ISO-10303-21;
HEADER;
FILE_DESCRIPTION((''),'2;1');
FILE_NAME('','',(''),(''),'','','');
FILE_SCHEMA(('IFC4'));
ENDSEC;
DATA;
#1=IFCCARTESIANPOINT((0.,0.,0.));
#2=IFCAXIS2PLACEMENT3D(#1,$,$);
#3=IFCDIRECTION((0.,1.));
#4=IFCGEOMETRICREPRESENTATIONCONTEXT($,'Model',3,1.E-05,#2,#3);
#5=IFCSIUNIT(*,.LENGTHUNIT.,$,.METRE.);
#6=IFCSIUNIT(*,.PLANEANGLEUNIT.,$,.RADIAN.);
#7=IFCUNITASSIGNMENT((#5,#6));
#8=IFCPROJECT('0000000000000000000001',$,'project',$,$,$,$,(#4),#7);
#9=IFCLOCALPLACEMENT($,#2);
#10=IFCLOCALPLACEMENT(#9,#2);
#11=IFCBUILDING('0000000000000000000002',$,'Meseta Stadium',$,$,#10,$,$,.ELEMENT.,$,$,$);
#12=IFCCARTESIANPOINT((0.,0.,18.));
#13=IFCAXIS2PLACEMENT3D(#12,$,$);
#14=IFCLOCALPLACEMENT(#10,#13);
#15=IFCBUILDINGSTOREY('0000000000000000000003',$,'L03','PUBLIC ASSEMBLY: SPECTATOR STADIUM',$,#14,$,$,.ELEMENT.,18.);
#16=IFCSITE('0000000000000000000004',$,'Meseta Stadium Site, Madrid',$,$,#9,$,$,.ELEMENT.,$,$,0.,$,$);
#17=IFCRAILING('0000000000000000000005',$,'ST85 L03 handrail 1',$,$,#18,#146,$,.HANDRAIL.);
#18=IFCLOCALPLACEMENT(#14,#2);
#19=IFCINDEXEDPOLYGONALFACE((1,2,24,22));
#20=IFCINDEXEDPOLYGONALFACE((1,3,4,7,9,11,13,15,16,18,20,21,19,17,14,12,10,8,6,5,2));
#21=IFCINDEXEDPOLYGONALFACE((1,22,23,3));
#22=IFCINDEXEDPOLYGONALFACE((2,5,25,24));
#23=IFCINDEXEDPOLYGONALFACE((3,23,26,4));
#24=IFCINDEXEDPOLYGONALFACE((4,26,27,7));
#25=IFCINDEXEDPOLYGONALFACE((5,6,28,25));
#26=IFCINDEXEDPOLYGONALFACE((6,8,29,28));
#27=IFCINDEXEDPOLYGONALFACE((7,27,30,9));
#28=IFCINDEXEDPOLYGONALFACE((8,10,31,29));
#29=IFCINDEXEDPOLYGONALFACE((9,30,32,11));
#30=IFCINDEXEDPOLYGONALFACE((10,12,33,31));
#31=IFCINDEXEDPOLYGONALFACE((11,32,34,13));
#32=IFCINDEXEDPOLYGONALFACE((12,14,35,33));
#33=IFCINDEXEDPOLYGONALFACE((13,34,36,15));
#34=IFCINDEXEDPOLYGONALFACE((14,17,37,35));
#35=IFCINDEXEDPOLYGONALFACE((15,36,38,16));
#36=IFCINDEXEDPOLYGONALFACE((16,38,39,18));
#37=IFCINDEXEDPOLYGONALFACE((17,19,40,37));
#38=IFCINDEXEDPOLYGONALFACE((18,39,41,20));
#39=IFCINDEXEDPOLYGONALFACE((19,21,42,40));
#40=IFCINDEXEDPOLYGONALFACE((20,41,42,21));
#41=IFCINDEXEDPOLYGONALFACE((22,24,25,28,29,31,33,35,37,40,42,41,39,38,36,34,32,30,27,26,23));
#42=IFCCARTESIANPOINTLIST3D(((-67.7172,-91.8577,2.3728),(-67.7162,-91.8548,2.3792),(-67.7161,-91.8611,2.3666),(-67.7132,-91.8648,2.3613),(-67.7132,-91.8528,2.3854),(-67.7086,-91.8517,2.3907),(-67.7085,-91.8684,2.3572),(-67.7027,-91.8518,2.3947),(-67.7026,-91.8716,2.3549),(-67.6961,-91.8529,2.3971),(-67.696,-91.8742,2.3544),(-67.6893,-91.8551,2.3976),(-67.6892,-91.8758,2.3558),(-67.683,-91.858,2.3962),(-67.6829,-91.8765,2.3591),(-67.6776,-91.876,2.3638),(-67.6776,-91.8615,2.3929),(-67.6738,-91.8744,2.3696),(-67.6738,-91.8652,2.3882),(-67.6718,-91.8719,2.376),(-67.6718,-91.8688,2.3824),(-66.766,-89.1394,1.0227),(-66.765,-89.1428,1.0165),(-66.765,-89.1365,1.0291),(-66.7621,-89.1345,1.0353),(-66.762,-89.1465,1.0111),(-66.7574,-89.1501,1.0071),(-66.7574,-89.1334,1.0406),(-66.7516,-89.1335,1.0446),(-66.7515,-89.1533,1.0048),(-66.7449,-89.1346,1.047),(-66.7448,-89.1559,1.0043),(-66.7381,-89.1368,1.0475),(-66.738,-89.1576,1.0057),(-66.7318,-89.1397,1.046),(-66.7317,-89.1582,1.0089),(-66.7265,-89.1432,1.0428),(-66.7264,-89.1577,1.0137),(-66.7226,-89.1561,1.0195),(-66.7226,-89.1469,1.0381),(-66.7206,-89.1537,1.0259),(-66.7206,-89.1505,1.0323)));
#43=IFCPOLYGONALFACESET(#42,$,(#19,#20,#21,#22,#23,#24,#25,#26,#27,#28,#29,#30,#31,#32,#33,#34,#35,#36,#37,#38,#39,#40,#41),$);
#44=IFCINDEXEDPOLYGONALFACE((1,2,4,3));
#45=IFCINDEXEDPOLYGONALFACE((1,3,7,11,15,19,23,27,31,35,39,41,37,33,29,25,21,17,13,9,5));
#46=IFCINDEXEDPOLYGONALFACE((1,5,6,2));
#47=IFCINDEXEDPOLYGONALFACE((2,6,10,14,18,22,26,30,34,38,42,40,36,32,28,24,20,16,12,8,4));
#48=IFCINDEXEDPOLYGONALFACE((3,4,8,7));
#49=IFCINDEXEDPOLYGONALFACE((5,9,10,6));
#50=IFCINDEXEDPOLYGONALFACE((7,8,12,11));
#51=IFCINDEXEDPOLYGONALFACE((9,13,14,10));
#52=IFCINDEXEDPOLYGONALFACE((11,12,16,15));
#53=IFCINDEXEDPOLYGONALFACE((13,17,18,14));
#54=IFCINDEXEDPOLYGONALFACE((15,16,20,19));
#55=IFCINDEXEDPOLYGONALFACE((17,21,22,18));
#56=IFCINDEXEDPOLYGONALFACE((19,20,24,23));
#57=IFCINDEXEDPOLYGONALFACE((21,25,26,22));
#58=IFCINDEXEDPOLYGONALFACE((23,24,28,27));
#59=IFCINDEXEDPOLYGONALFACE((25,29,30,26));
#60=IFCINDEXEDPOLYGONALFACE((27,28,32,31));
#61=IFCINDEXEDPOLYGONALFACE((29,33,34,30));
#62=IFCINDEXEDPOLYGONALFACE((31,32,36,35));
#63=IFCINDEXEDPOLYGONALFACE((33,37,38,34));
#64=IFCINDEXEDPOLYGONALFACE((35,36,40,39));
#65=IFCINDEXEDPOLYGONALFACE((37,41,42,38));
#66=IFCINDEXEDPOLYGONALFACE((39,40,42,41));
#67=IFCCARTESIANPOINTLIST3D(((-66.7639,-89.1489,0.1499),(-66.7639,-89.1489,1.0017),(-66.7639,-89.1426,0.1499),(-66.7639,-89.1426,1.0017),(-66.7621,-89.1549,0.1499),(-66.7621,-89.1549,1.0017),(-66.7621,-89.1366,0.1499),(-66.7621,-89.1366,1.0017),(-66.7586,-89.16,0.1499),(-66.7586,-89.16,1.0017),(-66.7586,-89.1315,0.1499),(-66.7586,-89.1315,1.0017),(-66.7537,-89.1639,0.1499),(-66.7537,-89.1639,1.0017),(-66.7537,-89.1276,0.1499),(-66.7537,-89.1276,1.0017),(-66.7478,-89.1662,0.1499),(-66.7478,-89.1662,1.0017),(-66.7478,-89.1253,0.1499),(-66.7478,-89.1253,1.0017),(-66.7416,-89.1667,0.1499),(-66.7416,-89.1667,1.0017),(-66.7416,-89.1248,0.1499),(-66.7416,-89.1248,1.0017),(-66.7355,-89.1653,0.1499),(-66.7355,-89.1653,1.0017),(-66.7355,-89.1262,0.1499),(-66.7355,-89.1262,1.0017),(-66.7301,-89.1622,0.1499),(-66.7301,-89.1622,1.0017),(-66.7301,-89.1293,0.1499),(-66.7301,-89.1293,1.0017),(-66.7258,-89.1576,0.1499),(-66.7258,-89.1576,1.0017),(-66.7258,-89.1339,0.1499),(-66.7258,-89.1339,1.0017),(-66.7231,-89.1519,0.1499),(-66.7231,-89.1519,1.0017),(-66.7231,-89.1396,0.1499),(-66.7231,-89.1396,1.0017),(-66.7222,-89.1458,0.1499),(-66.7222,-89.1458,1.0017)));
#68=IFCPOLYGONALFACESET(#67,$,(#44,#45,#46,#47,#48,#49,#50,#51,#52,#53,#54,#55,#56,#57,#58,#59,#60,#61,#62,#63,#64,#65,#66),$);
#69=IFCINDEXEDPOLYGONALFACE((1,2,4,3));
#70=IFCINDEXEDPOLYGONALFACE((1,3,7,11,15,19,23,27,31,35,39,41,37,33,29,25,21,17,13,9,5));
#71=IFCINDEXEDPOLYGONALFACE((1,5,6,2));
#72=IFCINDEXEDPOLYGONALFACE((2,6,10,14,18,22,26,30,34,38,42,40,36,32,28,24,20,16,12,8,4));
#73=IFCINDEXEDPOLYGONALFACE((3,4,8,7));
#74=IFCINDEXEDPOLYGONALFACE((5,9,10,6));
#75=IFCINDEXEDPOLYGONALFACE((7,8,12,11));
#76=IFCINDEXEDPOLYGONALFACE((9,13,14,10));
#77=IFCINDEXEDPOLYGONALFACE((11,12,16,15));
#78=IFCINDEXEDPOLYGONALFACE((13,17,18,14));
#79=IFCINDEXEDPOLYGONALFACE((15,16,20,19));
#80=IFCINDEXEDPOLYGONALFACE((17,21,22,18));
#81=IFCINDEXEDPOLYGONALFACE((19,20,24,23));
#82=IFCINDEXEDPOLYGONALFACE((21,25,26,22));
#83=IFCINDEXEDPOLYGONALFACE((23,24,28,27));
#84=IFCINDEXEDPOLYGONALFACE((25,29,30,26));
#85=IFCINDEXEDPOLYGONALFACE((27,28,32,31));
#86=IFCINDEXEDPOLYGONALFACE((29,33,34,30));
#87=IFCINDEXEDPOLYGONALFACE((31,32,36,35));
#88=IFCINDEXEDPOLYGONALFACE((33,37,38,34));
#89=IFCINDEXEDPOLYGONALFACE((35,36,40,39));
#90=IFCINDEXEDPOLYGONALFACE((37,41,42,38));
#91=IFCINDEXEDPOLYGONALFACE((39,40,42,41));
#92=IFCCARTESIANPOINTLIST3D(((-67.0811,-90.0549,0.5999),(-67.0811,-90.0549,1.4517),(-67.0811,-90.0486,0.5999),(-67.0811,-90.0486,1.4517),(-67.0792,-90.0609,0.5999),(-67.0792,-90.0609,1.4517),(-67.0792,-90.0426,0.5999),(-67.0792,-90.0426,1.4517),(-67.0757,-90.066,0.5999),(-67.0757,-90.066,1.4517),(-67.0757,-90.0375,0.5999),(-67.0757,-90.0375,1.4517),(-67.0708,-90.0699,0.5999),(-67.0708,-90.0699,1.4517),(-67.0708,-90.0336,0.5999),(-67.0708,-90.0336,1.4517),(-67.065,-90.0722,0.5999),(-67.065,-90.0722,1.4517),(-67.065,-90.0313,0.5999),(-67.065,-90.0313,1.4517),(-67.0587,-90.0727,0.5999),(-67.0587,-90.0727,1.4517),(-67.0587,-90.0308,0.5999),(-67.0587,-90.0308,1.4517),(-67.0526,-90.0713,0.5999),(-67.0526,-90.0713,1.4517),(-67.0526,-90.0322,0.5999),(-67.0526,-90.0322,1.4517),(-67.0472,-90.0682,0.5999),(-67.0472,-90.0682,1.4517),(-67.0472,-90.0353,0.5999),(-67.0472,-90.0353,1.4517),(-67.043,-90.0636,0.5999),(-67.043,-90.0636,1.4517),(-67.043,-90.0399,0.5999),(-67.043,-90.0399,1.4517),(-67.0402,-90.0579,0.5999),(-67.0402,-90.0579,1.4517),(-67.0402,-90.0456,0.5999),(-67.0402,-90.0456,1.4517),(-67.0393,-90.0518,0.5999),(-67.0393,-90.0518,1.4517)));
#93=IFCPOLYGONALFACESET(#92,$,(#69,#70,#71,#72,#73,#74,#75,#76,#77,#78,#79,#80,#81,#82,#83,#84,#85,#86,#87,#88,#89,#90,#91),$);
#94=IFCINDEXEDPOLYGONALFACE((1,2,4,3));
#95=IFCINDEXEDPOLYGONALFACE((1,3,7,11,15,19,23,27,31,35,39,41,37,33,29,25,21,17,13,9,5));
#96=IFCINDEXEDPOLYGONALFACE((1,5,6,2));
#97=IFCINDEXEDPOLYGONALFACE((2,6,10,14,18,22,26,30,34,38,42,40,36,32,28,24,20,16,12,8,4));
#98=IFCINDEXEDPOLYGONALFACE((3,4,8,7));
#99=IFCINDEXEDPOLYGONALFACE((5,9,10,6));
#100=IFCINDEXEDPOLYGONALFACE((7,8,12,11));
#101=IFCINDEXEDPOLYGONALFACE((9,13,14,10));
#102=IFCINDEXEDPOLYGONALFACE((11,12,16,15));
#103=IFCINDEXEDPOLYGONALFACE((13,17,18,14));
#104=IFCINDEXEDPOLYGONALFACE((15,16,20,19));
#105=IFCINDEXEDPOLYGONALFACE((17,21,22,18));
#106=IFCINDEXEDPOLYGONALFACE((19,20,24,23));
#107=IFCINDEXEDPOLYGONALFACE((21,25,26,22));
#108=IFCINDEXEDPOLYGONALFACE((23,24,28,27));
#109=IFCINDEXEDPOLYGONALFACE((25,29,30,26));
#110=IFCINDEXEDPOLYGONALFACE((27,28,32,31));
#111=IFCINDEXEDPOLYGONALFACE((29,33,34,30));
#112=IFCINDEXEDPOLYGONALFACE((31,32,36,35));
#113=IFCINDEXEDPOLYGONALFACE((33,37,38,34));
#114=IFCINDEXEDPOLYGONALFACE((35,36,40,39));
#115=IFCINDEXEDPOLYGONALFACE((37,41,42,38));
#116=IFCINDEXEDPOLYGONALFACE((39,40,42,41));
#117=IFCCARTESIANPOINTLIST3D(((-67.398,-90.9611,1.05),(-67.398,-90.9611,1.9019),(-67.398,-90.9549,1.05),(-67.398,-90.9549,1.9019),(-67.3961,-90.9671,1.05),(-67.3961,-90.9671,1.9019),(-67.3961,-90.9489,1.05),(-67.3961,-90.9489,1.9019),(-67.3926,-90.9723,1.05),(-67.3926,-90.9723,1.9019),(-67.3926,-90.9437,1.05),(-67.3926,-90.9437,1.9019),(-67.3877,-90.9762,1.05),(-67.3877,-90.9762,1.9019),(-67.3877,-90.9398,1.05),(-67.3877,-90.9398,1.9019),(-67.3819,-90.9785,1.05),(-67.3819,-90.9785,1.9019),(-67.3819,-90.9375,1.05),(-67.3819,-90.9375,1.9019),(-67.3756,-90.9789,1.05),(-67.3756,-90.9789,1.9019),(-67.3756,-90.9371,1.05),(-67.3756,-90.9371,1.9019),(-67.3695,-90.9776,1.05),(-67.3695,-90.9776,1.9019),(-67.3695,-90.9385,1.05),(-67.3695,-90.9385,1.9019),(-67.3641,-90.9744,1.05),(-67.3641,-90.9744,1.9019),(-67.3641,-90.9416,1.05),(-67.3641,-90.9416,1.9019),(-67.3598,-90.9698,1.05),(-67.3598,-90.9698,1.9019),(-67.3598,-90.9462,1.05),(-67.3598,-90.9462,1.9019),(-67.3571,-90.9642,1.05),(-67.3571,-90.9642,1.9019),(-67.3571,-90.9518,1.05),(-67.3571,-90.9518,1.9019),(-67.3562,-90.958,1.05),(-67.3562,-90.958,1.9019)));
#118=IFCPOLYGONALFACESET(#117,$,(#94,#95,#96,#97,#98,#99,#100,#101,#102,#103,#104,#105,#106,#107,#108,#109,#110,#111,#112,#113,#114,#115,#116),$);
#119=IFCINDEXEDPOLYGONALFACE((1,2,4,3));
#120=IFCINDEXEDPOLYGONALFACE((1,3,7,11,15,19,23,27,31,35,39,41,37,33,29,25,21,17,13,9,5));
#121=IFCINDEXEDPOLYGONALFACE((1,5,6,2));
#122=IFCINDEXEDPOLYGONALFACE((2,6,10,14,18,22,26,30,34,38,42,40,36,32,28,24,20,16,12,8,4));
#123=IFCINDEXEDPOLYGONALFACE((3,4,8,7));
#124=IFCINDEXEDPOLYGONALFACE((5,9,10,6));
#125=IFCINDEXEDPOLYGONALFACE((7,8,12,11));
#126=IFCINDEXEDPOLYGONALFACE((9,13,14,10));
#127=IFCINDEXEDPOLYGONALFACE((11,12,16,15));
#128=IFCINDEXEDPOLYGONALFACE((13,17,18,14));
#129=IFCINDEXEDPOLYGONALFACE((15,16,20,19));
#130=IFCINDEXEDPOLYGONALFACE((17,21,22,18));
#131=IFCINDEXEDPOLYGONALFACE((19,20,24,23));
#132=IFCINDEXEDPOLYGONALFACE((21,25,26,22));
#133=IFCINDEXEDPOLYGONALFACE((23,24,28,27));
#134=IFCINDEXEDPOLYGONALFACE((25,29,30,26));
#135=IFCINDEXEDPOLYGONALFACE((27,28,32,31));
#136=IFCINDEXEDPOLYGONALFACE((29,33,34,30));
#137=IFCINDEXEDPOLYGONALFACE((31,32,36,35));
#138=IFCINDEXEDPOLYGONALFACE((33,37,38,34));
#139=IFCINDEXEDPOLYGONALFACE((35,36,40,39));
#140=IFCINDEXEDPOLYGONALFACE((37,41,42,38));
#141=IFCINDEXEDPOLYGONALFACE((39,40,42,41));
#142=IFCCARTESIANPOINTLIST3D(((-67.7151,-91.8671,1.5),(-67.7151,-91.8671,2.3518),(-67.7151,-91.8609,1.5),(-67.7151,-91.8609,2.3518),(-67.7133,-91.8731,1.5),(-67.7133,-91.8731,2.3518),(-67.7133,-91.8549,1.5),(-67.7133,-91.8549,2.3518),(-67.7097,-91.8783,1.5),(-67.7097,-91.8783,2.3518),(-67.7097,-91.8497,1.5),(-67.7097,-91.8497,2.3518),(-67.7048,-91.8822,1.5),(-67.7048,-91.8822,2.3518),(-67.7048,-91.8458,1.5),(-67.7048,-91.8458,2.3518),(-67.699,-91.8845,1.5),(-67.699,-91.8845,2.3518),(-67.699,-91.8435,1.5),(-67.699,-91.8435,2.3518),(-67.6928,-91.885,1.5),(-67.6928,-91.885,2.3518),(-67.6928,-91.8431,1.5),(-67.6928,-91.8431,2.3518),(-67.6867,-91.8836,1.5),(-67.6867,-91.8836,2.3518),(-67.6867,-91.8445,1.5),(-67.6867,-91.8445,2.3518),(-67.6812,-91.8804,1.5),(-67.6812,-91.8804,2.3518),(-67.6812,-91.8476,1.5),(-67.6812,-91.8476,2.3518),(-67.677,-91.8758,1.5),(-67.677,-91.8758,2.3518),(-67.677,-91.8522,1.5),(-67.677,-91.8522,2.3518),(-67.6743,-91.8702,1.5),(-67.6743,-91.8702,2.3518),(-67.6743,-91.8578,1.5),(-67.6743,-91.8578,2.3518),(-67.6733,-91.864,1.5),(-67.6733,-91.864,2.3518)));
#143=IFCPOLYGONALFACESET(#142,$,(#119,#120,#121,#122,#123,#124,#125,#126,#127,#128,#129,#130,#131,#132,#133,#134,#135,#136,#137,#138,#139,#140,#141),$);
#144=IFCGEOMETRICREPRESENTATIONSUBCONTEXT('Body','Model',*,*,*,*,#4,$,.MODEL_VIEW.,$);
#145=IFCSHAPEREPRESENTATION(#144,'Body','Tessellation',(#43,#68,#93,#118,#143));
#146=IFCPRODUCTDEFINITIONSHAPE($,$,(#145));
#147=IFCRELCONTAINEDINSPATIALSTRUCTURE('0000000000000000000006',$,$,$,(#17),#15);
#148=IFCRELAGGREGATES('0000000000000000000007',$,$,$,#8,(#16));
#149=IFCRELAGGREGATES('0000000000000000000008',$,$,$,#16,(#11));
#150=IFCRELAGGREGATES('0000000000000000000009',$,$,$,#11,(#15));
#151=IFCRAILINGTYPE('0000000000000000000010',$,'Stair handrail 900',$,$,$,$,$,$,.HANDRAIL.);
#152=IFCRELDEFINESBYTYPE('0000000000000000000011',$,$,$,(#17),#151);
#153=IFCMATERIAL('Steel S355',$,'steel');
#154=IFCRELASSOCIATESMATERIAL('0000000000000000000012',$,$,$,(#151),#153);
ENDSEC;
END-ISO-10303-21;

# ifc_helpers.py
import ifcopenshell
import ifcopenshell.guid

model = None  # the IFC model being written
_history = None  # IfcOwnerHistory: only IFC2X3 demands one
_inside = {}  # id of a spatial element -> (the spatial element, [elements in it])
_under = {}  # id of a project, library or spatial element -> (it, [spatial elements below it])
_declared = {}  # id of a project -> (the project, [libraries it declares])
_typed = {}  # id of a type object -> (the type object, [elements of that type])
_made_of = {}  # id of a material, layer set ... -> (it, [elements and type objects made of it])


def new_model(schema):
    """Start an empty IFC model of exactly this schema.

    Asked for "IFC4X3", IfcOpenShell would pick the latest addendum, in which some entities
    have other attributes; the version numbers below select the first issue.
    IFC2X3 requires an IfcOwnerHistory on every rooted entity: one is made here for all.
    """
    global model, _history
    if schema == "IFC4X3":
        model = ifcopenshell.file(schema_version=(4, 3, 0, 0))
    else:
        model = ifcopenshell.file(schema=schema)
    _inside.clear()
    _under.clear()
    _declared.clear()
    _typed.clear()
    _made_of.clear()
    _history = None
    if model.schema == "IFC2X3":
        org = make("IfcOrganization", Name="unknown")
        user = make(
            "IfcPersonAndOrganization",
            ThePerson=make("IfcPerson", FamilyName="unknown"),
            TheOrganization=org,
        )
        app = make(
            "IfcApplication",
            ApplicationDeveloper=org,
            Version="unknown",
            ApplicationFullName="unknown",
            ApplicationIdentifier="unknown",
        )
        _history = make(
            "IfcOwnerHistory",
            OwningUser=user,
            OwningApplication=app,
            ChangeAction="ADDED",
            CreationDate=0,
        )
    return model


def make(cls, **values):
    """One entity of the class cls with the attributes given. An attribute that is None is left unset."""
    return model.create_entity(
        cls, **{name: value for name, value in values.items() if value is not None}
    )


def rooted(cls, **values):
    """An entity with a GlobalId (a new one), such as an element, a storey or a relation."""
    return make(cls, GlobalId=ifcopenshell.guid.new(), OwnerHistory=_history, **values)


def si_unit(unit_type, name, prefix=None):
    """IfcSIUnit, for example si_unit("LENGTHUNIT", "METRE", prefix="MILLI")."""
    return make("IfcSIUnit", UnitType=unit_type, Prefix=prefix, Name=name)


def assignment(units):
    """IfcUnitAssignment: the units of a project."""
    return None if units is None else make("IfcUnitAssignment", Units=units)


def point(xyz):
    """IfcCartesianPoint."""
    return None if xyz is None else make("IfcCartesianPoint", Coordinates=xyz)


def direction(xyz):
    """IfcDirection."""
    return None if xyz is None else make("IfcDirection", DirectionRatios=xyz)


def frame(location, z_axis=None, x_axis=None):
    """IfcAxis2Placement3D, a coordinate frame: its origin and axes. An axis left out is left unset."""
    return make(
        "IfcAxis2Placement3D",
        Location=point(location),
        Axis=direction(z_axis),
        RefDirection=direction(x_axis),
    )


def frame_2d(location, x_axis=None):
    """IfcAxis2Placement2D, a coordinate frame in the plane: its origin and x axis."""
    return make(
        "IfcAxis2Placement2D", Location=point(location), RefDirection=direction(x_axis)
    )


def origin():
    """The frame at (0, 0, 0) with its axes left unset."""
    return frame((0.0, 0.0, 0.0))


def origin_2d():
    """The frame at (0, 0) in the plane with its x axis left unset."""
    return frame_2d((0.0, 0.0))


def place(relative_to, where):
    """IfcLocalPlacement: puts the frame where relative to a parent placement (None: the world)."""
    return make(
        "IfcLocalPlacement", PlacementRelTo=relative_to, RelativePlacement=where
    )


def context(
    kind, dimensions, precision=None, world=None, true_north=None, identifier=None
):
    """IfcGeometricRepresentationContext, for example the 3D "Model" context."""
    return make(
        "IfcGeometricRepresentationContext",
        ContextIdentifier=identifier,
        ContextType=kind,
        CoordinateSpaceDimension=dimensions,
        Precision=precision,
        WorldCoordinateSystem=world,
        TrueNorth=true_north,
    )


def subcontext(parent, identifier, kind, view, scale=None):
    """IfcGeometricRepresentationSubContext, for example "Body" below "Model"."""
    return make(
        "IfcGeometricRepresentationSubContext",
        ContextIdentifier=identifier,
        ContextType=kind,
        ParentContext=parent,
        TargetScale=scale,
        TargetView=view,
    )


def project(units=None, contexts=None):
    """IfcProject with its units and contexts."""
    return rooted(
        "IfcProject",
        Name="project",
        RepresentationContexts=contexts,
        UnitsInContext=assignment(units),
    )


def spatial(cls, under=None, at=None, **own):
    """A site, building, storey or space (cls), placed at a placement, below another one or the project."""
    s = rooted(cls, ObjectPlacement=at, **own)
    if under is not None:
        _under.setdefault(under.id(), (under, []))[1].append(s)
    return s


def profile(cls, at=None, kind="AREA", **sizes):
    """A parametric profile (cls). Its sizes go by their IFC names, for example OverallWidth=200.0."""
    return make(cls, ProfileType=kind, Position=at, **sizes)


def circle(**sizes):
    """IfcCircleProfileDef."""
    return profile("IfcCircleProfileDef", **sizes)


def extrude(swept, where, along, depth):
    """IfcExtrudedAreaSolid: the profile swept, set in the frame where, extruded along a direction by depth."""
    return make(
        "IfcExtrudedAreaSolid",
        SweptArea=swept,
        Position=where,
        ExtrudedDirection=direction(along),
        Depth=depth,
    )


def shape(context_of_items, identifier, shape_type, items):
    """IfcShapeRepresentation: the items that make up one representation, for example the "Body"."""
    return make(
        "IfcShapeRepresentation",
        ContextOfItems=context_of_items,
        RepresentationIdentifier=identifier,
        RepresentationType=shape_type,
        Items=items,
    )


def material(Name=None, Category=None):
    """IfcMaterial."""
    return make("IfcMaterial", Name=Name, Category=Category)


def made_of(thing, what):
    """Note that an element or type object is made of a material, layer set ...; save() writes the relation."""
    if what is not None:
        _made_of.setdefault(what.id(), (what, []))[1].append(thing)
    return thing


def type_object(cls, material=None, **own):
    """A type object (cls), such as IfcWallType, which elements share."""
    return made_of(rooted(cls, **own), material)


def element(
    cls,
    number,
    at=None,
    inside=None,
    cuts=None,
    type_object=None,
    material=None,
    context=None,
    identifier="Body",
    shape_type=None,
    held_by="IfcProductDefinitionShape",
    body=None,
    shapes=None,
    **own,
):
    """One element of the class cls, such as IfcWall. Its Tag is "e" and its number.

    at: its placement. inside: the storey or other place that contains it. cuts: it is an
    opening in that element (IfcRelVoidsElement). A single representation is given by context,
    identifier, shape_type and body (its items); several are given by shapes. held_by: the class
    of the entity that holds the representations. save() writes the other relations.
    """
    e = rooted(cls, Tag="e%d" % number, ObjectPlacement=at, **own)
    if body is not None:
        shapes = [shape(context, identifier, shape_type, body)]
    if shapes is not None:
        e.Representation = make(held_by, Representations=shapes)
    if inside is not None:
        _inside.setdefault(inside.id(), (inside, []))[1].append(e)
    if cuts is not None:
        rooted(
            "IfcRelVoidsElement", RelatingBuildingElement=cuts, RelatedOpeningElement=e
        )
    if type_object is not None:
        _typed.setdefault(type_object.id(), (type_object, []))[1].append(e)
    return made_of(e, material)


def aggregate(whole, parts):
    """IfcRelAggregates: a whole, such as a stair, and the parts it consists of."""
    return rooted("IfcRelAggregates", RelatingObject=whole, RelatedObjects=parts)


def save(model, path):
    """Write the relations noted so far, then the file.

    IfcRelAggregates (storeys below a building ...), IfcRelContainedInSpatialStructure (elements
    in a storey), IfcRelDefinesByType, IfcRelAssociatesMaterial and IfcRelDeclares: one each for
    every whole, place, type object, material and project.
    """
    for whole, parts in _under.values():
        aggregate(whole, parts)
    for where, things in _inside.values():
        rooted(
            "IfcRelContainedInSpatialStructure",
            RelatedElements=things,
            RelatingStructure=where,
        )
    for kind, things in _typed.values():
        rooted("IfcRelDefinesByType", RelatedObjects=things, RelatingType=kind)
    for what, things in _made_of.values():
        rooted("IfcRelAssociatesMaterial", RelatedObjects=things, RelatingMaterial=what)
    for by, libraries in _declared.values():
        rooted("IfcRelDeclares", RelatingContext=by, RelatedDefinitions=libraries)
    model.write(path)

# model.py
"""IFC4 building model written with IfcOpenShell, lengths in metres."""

from ifc_helpers import new_model, si_unit, direction, frame, origin, origin_2d, place, context, subcontext, project, spatial, circle, extrude, material, type_object, element, save


model = new_model("IFC4")

# Units and contexts
model_context = context("Model", 3, precision=1e-05, world=origin(), true_north=direction((0.0, 1.0)))
body_context = subcontext(model_context, "Body", "Model", "MODEL_VIEW")
ifc_project = project(units=[si_unit("LENGTHUNIT", "METRE"), si_unit("PLANEANGLEUNIT", "RADIAN")], contexts=[model_context])

# Site, building, storey
site_placement = place(None, origin())
site = spatial("IfcSite", under=ifc_project, at=site_placement, Name="Meseta Stadium Site, Madrid", CompositionType="ELEMENT", RefElevation=0.0)
building_placement = place(site_placement, origin())
building = spatial("IfcBuilding", under=site, at=building_placement, Name="Meseta Stadium", CompositionType="ELEMENT")
storey_placement = place(building_placement, frame((0.0, 0.0, 18.0)))
storey = spatial("IfcBuildingStorey", under=building, at=storey_placement, Name="L03", Description="PUBLIC ASSEMBLY: SPECTATOR STADIUM", CompositionType="ELEMENT", Elevation=18.0)

# Railing
ifc_material_1 = material(Name="Steel S355", Category="steel")
railing_type = type_object("IfcRailingType", Name="Stair handrail 900", PredefinedType="HANDRAIL", material=ifc_material_1)
for number, where, name in (
    (1, (-66.7432, -89.1458, 0.1499), "ST85 L03 handrail 1"),
):
    element("IfcRailing", number, at=place(storey_placement, frame(where)), inside=storey, type_object=railing_type, Name=name, PredefinedType="HANDRAIL", context=body_context, shape_type="SweptSolid", body=[
        extrude(circle(Radius=0.0239, at=origin_2d()), frame((0.0, 0.0, 0.876), z_axis=(-0.299051, -0.854629, 0.424474), x_axis=(0.943882, -0.330282, 0.0)), (0.0, 0.0, 1.0), 3.1807),
        extrude(circle(Radius=0.021, at=origin_2d()), origin(), (0.0, 0.0, 1.0), 0.8518),
        extrude(circle(Radius=0.021, at=origin_2d()), frame((-0.3171, -0.906, 0.45)), (0.0, 0.0, 1.0), 0.8518),
        extrude(circle(Radius=0.021, at=origin_2d()), frame((-0.634, -1.8123, 0.9001)), (0.0, 0.0, 1.0), 0.8518),
        extrude(circle(Radius=0.021, at=origin_2d()), frame((-0.9512, -2.7183, 1.3501)), (0.0, 0.0, 1.0), 0.8518),
    ])

save(model, "model.ifc")
